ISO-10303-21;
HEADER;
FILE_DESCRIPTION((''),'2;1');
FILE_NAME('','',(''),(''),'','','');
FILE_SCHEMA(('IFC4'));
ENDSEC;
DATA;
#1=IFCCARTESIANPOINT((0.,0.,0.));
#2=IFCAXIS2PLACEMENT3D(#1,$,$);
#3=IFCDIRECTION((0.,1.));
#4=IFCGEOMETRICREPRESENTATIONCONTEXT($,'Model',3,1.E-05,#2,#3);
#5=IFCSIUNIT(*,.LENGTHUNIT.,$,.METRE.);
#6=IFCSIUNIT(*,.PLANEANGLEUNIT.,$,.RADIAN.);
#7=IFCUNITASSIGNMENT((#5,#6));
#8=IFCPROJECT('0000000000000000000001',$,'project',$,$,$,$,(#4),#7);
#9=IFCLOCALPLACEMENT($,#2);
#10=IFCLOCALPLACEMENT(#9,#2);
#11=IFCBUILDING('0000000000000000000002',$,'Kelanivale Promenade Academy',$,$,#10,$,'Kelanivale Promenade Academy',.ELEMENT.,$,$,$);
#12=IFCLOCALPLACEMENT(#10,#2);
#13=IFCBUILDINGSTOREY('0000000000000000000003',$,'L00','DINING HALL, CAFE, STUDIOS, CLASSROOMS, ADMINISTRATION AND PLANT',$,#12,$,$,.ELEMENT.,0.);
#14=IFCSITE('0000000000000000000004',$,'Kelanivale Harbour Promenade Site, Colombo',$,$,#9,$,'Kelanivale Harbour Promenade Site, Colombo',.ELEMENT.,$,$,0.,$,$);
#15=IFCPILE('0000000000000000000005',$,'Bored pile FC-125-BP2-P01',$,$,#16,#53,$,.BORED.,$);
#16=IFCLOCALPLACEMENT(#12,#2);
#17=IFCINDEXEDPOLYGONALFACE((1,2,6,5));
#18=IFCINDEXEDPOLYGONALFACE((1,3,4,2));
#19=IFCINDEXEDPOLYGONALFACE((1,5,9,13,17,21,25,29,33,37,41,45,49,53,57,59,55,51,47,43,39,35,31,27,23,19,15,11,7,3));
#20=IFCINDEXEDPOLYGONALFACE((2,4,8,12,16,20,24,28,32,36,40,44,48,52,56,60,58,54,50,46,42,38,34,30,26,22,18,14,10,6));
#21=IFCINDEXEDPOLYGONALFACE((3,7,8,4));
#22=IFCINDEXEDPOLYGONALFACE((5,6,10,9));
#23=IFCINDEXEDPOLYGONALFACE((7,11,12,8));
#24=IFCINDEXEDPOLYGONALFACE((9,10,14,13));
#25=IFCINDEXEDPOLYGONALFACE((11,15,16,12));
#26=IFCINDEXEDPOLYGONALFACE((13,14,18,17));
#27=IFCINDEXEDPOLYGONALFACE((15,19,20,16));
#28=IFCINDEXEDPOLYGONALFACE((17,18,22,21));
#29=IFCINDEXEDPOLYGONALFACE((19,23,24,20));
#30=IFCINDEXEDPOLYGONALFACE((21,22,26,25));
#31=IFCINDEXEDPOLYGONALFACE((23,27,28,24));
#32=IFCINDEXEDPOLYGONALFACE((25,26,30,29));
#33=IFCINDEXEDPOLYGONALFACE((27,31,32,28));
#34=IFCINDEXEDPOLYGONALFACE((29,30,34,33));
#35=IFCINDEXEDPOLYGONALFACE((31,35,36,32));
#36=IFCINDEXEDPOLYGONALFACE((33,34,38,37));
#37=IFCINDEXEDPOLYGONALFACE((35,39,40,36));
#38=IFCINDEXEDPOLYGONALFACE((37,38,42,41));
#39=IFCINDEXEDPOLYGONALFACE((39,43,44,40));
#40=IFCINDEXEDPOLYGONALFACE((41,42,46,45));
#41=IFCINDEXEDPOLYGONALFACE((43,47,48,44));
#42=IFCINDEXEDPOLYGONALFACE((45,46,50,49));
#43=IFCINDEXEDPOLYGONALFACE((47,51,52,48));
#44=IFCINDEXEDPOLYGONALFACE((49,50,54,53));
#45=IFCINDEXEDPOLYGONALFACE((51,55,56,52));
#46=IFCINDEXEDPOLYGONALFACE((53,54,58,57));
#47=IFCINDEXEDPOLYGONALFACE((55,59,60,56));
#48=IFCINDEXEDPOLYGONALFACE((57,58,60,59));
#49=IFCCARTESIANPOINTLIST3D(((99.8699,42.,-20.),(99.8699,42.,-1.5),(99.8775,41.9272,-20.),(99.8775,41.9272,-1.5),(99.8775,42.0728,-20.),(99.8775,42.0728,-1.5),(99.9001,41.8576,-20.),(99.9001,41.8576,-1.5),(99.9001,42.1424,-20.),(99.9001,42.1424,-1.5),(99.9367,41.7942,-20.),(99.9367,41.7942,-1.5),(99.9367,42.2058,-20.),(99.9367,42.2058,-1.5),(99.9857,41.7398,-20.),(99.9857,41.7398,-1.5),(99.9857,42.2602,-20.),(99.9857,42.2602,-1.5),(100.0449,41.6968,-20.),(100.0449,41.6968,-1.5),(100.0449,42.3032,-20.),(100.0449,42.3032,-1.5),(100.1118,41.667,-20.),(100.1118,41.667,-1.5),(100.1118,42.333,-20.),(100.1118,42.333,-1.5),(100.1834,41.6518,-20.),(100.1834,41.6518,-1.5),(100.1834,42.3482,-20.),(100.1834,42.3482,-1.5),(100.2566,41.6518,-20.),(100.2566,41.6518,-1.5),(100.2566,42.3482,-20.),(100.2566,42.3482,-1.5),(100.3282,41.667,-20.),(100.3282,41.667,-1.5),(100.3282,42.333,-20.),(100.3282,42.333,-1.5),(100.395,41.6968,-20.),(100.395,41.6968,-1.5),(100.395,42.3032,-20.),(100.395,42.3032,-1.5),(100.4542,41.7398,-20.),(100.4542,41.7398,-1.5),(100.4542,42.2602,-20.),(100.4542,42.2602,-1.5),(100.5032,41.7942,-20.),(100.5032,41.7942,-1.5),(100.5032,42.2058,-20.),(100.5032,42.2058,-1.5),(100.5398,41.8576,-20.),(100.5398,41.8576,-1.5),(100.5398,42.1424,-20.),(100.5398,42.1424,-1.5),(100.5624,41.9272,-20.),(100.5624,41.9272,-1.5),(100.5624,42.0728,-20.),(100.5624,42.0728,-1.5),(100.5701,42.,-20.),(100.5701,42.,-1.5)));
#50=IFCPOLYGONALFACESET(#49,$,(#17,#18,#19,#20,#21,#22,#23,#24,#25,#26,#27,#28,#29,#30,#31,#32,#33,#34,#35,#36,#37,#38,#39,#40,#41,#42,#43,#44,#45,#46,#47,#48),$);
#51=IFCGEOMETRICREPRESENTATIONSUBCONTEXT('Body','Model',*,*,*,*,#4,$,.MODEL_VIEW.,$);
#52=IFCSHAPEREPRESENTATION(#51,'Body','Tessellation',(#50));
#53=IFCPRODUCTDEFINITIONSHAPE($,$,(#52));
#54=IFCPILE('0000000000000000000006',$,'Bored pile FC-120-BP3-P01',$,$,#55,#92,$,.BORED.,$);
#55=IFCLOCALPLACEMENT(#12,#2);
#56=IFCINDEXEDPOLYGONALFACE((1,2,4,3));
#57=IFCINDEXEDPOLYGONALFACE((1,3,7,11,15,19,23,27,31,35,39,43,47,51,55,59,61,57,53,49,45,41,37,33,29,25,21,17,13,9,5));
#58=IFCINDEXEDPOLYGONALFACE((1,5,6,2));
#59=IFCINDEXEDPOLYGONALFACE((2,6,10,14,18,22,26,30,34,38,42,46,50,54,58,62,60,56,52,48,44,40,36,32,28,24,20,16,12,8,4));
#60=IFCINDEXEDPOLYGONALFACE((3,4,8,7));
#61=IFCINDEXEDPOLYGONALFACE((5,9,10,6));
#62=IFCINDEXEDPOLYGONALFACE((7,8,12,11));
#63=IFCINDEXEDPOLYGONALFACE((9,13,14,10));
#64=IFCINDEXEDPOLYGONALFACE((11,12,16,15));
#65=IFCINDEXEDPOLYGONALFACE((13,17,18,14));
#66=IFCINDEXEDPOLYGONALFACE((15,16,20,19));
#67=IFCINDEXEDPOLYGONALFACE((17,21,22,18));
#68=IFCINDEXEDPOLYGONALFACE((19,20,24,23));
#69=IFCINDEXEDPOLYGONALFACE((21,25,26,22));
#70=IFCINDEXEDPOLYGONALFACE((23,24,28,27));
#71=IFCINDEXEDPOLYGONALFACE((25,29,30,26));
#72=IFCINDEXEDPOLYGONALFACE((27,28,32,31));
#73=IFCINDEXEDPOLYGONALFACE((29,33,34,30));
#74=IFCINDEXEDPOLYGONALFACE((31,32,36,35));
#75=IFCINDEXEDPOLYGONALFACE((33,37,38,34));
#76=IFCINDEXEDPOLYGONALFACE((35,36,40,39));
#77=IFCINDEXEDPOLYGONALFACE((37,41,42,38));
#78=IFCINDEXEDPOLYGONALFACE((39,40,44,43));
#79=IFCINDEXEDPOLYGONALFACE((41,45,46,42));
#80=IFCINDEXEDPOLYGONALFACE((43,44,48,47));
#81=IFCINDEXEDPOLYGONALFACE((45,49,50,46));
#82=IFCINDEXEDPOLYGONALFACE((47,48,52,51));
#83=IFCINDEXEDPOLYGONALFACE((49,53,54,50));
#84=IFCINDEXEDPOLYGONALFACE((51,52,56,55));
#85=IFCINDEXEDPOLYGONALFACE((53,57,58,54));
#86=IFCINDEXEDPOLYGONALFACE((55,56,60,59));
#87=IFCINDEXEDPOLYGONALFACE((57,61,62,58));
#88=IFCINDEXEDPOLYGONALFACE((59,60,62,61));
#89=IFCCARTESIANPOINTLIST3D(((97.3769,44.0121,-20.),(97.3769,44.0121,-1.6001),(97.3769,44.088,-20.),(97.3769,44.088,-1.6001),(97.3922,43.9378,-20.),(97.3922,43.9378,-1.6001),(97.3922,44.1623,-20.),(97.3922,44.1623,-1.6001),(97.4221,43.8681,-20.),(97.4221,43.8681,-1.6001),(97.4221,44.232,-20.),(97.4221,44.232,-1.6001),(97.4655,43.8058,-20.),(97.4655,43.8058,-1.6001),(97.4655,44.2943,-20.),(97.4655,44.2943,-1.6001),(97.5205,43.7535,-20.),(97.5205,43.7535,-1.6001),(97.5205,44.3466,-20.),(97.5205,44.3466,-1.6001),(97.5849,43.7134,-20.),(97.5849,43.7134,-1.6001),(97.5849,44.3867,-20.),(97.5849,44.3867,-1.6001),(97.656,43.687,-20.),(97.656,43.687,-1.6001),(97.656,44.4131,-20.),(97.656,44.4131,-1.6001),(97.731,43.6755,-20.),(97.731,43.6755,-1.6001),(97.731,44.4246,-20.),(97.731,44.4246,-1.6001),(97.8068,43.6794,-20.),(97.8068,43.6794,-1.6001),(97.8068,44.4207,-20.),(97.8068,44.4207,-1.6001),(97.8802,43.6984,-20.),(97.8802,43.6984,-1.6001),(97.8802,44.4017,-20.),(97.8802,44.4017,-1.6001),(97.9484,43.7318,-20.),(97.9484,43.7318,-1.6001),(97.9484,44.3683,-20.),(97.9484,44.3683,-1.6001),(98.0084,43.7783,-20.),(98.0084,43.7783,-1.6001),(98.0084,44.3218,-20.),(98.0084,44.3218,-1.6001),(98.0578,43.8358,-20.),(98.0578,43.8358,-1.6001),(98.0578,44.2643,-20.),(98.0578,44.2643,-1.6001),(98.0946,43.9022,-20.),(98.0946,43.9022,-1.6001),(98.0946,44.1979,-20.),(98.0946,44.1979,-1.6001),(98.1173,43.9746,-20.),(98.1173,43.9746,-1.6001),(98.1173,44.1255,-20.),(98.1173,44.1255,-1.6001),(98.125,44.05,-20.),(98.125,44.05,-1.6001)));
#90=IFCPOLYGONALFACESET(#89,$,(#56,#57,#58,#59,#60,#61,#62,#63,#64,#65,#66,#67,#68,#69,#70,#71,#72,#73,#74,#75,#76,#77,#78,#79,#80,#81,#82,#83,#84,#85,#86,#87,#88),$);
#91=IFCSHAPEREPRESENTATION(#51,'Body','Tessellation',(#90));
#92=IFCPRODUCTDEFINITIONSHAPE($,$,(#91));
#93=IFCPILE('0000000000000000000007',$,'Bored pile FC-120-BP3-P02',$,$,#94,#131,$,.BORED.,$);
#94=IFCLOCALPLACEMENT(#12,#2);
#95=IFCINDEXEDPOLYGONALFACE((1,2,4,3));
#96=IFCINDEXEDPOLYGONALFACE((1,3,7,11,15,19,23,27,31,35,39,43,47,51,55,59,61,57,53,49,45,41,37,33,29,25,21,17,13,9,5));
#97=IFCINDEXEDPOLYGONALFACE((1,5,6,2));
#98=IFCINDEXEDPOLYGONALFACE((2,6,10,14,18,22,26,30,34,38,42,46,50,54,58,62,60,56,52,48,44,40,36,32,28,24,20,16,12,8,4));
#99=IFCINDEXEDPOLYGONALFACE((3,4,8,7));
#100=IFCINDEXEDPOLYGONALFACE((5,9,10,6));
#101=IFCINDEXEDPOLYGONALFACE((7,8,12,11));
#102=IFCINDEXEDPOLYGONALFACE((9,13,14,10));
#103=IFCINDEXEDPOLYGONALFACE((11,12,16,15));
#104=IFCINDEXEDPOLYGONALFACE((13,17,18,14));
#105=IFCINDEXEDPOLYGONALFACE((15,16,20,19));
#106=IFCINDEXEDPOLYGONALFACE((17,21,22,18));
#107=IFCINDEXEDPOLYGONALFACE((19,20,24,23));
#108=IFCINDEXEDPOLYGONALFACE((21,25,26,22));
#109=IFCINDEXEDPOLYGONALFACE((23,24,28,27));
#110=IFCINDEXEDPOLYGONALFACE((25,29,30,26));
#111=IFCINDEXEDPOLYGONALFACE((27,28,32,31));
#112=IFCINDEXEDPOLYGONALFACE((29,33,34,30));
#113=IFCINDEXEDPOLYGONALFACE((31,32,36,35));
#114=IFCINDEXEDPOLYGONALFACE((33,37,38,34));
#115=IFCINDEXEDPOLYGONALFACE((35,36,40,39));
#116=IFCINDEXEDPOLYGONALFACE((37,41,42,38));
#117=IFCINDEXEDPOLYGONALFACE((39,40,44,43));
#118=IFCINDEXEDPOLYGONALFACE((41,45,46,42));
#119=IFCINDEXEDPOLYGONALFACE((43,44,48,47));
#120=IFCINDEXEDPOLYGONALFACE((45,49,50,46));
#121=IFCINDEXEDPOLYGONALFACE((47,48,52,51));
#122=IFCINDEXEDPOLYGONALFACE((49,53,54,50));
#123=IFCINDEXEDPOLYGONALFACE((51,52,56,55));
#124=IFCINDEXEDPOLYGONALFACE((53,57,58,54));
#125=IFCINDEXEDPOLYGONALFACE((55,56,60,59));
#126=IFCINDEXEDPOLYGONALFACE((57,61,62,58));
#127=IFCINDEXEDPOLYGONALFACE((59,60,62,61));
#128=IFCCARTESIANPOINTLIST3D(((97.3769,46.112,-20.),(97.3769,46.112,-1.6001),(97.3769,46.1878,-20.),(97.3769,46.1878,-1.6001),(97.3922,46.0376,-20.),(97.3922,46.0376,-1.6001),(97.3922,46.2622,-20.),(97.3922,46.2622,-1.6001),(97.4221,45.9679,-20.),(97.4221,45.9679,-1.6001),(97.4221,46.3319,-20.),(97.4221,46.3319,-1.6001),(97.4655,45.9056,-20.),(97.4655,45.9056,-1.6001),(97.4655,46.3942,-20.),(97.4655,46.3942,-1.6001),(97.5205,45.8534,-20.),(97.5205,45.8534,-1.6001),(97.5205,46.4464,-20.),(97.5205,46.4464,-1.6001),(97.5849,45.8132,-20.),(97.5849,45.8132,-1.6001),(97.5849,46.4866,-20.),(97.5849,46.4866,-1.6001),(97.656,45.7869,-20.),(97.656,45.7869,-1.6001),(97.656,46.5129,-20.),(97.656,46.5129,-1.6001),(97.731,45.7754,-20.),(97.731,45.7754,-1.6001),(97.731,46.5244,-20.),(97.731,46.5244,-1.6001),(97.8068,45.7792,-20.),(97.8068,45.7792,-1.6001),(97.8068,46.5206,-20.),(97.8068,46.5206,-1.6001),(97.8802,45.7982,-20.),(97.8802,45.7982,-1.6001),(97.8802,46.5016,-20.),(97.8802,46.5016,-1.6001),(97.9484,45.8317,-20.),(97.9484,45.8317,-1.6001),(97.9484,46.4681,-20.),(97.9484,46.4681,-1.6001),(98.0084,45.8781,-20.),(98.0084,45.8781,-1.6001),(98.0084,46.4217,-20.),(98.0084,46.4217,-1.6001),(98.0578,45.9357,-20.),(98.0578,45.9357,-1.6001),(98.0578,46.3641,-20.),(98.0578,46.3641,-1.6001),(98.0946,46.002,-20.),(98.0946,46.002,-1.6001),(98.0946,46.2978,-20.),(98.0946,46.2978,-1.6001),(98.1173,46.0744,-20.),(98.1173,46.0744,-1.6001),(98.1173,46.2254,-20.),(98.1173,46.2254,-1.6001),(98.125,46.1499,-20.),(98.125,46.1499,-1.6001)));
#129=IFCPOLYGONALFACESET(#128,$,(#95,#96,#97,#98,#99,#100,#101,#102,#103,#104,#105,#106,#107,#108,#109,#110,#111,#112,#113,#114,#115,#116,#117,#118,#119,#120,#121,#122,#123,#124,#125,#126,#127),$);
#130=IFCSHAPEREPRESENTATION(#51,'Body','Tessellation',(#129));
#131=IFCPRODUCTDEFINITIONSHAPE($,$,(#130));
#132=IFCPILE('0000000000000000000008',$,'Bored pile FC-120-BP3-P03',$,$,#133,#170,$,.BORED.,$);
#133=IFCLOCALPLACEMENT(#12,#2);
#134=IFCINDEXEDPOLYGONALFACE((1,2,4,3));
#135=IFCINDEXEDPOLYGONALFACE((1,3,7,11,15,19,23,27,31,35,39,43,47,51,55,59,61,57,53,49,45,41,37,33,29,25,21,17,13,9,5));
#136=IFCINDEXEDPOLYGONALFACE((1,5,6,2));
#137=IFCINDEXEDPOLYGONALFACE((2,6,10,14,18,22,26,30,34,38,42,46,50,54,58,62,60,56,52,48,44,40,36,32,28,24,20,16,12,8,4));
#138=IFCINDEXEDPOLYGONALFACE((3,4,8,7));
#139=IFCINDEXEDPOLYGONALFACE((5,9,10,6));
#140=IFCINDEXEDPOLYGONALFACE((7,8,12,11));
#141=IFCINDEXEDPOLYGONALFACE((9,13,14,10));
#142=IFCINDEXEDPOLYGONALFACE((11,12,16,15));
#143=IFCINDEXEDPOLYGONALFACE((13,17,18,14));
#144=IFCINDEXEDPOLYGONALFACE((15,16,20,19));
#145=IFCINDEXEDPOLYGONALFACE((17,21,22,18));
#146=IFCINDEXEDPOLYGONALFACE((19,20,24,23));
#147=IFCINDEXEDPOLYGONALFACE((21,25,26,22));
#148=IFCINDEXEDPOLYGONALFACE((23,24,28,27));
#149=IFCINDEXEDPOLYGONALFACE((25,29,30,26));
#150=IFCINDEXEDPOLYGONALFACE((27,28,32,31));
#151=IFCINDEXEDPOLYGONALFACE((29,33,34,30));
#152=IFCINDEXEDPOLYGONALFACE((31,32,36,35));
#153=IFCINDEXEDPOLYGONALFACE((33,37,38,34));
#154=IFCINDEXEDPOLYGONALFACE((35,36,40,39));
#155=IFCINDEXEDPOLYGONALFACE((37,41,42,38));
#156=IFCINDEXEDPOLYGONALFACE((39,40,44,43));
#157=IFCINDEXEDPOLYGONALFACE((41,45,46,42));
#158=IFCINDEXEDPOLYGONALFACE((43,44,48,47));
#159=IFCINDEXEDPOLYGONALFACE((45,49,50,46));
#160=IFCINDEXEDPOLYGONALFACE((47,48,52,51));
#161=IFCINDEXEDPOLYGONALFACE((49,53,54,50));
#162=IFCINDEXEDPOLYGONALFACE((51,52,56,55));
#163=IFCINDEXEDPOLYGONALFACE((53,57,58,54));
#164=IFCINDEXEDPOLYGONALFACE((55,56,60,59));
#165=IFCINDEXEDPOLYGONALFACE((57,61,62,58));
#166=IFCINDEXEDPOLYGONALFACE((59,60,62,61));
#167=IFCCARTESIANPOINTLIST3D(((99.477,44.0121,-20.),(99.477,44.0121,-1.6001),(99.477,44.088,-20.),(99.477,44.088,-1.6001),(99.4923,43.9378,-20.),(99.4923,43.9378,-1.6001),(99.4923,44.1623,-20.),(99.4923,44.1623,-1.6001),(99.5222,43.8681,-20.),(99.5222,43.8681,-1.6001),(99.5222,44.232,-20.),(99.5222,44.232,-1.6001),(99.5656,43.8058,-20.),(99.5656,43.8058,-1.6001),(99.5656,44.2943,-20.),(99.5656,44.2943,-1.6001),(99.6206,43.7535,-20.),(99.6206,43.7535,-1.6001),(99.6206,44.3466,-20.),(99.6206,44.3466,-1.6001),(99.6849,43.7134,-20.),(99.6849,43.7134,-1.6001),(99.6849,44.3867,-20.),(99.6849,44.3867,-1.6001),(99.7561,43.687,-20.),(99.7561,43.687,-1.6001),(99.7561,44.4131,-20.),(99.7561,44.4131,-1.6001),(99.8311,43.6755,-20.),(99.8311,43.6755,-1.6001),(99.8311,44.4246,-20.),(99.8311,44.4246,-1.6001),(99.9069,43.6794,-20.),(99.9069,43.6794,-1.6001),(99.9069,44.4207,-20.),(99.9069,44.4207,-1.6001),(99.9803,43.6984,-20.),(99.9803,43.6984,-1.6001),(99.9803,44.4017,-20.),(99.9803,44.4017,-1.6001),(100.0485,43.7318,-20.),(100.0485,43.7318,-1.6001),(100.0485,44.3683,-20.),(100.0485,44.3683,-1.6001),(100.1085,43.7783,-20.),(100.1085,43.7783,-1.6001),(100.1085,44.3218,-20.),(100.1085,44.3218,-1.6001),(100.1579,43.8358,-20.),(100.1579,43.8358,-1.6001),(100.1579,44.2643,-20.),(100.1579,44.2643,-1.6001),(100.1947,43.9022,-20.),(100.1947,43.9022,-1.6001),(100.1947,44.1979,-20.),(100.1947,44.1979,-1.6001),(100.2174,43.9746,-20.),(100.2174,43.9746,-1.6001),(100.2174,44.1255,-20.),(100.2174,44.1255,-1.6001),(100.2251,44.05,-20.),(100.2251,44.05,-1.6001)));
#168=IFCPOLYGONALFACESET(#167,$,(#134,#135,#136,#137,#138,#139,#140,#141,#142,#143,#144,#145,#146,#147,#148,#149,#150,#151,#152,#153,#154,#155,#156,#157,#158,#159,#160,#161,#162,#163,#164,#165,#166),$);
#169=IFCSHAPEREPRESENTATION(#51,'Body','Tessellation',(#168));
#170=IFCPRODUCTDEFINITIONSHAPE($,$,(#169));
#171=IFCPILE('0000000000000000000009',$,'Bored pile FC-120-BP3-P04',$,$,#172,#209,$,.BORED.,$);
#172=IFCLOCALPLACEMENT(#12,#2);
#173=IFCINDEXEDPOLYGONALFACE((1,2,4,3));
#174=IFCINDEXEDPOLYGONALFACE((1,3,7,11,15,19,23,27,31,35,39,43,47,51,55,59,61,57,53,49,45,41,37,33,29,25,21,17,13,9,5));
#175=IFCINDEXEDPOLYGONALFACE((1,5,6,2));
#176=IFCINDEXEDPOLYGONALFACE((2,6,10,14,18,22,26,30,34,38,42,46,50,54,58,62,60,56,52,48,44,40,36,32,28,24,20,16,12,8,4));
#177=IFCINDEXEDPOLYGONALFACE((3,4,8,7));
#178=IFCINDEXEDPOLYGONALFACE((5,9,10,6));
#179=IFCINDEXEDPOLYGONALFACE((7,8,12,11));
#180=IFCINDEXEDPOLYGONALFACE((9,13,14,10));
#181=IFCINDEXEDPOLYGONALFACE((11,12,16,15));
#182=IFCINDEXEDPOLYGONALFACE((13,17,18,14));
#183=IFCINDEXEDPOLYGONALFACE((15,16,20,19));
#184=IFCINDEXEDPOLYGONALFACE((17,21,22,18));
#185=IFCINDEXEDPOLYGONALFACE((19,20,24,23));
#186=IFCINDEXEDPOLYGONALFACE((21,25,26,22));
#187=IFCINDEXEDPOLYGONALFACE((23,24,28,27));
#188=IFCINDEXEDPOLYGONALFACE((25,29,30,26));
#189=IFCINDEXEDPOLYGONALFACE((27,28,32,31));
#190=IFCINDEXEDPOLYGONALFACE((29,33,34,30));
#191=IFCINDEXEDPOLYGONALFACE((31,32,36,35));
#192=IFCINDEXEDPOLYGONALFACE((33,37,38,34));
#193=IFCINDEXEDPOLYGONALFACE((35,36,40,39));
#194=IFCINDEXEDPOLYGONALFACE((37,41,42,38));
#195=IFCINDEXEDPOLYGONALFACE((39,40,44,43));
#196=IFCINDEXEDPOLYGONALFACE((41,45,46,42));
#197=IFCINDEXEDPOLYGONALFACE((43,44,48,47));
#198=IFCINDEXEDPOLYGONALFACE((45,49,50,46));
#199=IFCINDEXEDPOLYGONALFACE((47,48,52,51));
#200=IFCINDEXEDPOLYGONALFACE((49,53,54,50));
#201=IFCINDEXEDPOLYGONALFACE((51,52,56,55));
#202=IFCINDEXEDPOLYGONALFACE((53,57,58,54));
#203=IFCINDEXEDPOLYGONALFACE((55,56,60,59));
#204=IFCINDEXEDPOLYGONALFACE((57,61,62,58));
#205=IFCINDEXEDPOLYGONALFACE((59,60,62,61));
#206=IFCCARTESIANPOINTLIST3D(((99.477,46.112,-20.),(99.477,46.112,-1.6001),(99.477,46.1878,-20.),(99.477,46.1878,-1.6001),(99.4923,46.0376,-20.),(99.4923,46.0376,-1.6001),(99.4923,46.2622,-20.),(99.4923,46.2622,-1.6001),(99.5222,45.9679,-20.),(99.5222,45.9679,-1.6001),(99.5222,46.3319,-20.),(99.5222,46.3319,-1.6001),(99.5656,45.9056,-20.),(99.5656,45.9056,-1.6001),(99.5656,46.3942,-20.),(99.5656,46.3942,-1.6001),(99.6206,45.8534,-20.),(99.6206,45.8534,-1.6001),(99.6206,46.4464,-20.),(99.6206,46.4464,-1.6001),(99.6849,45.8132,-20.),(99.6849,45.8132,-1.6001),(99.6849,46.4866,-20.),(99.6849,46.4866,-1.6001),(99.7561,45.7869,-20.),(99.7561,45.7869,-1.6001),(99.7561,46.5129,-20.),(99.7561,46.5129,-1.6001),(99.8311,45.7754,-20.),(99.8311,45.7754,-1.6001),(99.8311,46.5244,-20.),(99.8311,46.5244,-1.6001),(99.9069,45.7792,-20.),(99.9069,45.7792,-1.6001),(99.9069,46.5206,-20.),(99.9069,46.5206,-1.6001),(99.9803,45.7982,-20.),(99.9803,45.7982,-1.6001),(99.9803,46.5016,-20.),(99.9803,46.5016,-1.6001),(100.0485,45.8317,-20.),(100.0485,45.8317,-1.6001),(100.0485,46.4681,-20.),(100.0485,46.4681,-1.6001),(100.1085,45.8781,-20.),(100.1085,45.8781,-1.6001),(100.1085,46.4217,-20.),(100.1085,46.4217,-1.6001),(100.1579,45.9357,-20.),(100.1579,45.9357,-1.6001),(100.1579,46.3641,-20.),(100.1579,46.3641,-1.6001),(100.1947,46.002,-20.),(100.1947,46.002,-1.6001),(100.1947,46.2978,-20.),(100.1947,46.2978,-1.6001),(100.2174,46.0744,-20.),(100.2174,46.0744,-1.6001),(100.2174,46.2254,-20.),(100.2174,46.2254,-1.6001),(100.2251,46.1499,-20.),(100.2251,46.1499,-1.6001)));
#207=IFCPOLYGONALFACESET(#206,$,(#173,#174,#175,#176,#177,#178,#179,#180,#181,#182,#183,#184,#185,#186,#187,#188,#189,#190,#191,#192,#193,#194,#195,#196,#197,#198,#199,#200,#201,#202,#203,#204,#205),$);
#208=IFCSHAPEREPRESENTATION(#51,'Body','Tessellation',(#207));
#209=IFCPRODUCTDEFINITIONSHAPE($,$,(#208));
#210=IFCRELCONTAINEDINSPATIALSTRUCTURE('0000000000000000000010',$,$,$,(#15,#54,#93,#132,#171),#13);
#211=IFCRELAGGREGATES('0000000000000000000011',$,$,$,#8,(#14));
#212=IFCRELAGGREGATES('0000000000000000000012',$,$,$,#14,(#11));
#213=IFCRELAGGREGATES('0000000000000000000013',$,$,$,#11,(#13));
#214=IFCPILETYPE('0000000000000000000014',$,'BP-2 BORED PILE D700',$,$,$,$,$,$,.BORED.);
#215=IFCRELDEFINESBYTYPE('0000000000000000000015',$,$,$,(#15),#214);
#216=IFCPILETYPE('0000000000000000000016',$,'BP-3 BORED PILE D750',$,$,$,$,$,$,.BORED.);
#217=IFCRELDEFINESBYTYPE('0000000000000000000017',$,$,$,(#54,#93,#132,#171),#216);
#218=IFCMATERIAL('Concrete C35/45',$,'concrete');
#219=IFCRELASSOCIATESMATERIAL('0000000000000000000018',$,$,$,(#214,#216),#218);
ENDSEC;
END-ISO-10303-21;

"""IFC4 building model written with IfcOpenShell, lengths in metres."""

from ifc_helpers import new_model, si_unit, direction, frame, origin, origin_2d, place, context, subcontext, project, spatial, circle, extrude, material, material_profile, profile_set, type_object, element, save


model = new_model("IFC4")

# Units and contexts
model_context = context("Model", 3, precision=1e-05, world=origin(), true_north=direction((0.0, 1.0)))
body_context = subcontext(model_context, "Body", "Model", "MODEL_VIEW")
ifc_project = project(units=[si_unit("LENGTHUNIT", "METRE"), si_unit("PLANEANGLEUNIT", "RADIAN")], contexts=[model_context])

# Site, building, storey
site_placement = place(None, origin())
site = spatial("IfcSite", under=ifc_project, at=site_placement, Name="Kelanivale Harbour Promenade Site, Colombo", LongName="Kelanivale Harbour Promenade Site, Colombo", CompositionType="ELEMENT", RefElevation=0.0)
building_placement = place(site_placement, origin())
building = spatial("IfcBuilding", under=site, at=building_placement, Name="Kelanivale Promenade Academy", LongName="Kelanivale Promenade Academy", CompositionType="ELEMENT")
storey_placement = place(building_placement, origin())
storey = spatial("IfcBuildingStorey", under=building, at=storey_placement, Name="L00", Description="DINING HALL, CAFE, STUDIOS, CLASSROOMS, ADMINISTRATION AND PLANT", CompositionType="ELEMENT", Elevation=0.0)

# Piles
ifc_material_1 = material(Name="Concrete C35/45", Category="concrete")
ifc_material_profile_1 = material_profile(ifc_material_1, circle(Radius=0.3501, at=origin_2d()), Name="BORED PILE D700")
ifc_profile_set_1 = profile_set([ifc_material_profile_1], Name="Concrete C35/45")
pile_type_1 = type_object("IfcPileType", Name="BP-2 BORED PILE D700", PredefinedType="BORED", material=ifc_profile_set_1)
pile_1_placement = place(storey_placement, frame((100.22, 42.0, -1.5), z_axis=(0.0, 0.0, -1.0), x_axis=(1.0, 0.0, 0.0)))
element("IfcPile", 1, at=pile_1_placement, inside=storey, type_object=pile_type_1, Name="Bored pile FC-125-BP2-P01", PredefinedType="BORED", context=body_context, shape_type="SweptSolid", body=[
    extrude(circle(Radius=0.3501, at=origin_2d()), origin(), (0.0, 0.0, 1.0), 18.5),
])
ifc_material_profile_2 = material_profile(ifc_material_1, circle(Radius=0.375, at=origin_2d()), Name="BORED PILE D750")
ifc_profile_set_2 = profile_set([ifc_material_profile_2], Name="Concrete C35/45")
pile_type_2 = type_object("IfcPileType", Name="BP-3 BORED PILE D750", PredefinedType="BORED", material=ifc_profile_set_2)
for number, where, z_axis, x_axis, name in (
    (2, (97.75, 44.05, -1.6001), (0.0, 0.0, -1.0), (1.0, 0.0, 0.0), "Bored pile FC-120-BP3-P01"),
    (3, (97.75, 46.1499, -1.6001), (0.0, 0.0, -1.0), (1.0, 0.0, 0.0), "Bored pile FC-120-BP3-P02"),
    (4, (99.8501, 44.05, -1.6001), (0.0, 0.0, -1.0), (1.0, 0.0, 0.0), "Bored pile FC-120-BP3-P03"),
    (5, (99.8501, 46.1499, -1.6001), (0.0, 0.0, -1.0), (1.0, 0.0, 0.0), "Bored pile FC-120-BP3-P04"),
):
    element("IfcPile", number, at=place(storey_placement, frame(where, z_axis=z_axis, x_axis=x_axis)), inside=storey, type_object=pile_type_2, Name=name, PredefinedType="BORED", context=body_context, shape_type="SweptSolid", body=[
        extrude(circle(Radius=0.375, at=origin_2d()), origin(), (0.0, 0.0, 1.0), 18.3999),
    ])

save(model, "model.ifc")
